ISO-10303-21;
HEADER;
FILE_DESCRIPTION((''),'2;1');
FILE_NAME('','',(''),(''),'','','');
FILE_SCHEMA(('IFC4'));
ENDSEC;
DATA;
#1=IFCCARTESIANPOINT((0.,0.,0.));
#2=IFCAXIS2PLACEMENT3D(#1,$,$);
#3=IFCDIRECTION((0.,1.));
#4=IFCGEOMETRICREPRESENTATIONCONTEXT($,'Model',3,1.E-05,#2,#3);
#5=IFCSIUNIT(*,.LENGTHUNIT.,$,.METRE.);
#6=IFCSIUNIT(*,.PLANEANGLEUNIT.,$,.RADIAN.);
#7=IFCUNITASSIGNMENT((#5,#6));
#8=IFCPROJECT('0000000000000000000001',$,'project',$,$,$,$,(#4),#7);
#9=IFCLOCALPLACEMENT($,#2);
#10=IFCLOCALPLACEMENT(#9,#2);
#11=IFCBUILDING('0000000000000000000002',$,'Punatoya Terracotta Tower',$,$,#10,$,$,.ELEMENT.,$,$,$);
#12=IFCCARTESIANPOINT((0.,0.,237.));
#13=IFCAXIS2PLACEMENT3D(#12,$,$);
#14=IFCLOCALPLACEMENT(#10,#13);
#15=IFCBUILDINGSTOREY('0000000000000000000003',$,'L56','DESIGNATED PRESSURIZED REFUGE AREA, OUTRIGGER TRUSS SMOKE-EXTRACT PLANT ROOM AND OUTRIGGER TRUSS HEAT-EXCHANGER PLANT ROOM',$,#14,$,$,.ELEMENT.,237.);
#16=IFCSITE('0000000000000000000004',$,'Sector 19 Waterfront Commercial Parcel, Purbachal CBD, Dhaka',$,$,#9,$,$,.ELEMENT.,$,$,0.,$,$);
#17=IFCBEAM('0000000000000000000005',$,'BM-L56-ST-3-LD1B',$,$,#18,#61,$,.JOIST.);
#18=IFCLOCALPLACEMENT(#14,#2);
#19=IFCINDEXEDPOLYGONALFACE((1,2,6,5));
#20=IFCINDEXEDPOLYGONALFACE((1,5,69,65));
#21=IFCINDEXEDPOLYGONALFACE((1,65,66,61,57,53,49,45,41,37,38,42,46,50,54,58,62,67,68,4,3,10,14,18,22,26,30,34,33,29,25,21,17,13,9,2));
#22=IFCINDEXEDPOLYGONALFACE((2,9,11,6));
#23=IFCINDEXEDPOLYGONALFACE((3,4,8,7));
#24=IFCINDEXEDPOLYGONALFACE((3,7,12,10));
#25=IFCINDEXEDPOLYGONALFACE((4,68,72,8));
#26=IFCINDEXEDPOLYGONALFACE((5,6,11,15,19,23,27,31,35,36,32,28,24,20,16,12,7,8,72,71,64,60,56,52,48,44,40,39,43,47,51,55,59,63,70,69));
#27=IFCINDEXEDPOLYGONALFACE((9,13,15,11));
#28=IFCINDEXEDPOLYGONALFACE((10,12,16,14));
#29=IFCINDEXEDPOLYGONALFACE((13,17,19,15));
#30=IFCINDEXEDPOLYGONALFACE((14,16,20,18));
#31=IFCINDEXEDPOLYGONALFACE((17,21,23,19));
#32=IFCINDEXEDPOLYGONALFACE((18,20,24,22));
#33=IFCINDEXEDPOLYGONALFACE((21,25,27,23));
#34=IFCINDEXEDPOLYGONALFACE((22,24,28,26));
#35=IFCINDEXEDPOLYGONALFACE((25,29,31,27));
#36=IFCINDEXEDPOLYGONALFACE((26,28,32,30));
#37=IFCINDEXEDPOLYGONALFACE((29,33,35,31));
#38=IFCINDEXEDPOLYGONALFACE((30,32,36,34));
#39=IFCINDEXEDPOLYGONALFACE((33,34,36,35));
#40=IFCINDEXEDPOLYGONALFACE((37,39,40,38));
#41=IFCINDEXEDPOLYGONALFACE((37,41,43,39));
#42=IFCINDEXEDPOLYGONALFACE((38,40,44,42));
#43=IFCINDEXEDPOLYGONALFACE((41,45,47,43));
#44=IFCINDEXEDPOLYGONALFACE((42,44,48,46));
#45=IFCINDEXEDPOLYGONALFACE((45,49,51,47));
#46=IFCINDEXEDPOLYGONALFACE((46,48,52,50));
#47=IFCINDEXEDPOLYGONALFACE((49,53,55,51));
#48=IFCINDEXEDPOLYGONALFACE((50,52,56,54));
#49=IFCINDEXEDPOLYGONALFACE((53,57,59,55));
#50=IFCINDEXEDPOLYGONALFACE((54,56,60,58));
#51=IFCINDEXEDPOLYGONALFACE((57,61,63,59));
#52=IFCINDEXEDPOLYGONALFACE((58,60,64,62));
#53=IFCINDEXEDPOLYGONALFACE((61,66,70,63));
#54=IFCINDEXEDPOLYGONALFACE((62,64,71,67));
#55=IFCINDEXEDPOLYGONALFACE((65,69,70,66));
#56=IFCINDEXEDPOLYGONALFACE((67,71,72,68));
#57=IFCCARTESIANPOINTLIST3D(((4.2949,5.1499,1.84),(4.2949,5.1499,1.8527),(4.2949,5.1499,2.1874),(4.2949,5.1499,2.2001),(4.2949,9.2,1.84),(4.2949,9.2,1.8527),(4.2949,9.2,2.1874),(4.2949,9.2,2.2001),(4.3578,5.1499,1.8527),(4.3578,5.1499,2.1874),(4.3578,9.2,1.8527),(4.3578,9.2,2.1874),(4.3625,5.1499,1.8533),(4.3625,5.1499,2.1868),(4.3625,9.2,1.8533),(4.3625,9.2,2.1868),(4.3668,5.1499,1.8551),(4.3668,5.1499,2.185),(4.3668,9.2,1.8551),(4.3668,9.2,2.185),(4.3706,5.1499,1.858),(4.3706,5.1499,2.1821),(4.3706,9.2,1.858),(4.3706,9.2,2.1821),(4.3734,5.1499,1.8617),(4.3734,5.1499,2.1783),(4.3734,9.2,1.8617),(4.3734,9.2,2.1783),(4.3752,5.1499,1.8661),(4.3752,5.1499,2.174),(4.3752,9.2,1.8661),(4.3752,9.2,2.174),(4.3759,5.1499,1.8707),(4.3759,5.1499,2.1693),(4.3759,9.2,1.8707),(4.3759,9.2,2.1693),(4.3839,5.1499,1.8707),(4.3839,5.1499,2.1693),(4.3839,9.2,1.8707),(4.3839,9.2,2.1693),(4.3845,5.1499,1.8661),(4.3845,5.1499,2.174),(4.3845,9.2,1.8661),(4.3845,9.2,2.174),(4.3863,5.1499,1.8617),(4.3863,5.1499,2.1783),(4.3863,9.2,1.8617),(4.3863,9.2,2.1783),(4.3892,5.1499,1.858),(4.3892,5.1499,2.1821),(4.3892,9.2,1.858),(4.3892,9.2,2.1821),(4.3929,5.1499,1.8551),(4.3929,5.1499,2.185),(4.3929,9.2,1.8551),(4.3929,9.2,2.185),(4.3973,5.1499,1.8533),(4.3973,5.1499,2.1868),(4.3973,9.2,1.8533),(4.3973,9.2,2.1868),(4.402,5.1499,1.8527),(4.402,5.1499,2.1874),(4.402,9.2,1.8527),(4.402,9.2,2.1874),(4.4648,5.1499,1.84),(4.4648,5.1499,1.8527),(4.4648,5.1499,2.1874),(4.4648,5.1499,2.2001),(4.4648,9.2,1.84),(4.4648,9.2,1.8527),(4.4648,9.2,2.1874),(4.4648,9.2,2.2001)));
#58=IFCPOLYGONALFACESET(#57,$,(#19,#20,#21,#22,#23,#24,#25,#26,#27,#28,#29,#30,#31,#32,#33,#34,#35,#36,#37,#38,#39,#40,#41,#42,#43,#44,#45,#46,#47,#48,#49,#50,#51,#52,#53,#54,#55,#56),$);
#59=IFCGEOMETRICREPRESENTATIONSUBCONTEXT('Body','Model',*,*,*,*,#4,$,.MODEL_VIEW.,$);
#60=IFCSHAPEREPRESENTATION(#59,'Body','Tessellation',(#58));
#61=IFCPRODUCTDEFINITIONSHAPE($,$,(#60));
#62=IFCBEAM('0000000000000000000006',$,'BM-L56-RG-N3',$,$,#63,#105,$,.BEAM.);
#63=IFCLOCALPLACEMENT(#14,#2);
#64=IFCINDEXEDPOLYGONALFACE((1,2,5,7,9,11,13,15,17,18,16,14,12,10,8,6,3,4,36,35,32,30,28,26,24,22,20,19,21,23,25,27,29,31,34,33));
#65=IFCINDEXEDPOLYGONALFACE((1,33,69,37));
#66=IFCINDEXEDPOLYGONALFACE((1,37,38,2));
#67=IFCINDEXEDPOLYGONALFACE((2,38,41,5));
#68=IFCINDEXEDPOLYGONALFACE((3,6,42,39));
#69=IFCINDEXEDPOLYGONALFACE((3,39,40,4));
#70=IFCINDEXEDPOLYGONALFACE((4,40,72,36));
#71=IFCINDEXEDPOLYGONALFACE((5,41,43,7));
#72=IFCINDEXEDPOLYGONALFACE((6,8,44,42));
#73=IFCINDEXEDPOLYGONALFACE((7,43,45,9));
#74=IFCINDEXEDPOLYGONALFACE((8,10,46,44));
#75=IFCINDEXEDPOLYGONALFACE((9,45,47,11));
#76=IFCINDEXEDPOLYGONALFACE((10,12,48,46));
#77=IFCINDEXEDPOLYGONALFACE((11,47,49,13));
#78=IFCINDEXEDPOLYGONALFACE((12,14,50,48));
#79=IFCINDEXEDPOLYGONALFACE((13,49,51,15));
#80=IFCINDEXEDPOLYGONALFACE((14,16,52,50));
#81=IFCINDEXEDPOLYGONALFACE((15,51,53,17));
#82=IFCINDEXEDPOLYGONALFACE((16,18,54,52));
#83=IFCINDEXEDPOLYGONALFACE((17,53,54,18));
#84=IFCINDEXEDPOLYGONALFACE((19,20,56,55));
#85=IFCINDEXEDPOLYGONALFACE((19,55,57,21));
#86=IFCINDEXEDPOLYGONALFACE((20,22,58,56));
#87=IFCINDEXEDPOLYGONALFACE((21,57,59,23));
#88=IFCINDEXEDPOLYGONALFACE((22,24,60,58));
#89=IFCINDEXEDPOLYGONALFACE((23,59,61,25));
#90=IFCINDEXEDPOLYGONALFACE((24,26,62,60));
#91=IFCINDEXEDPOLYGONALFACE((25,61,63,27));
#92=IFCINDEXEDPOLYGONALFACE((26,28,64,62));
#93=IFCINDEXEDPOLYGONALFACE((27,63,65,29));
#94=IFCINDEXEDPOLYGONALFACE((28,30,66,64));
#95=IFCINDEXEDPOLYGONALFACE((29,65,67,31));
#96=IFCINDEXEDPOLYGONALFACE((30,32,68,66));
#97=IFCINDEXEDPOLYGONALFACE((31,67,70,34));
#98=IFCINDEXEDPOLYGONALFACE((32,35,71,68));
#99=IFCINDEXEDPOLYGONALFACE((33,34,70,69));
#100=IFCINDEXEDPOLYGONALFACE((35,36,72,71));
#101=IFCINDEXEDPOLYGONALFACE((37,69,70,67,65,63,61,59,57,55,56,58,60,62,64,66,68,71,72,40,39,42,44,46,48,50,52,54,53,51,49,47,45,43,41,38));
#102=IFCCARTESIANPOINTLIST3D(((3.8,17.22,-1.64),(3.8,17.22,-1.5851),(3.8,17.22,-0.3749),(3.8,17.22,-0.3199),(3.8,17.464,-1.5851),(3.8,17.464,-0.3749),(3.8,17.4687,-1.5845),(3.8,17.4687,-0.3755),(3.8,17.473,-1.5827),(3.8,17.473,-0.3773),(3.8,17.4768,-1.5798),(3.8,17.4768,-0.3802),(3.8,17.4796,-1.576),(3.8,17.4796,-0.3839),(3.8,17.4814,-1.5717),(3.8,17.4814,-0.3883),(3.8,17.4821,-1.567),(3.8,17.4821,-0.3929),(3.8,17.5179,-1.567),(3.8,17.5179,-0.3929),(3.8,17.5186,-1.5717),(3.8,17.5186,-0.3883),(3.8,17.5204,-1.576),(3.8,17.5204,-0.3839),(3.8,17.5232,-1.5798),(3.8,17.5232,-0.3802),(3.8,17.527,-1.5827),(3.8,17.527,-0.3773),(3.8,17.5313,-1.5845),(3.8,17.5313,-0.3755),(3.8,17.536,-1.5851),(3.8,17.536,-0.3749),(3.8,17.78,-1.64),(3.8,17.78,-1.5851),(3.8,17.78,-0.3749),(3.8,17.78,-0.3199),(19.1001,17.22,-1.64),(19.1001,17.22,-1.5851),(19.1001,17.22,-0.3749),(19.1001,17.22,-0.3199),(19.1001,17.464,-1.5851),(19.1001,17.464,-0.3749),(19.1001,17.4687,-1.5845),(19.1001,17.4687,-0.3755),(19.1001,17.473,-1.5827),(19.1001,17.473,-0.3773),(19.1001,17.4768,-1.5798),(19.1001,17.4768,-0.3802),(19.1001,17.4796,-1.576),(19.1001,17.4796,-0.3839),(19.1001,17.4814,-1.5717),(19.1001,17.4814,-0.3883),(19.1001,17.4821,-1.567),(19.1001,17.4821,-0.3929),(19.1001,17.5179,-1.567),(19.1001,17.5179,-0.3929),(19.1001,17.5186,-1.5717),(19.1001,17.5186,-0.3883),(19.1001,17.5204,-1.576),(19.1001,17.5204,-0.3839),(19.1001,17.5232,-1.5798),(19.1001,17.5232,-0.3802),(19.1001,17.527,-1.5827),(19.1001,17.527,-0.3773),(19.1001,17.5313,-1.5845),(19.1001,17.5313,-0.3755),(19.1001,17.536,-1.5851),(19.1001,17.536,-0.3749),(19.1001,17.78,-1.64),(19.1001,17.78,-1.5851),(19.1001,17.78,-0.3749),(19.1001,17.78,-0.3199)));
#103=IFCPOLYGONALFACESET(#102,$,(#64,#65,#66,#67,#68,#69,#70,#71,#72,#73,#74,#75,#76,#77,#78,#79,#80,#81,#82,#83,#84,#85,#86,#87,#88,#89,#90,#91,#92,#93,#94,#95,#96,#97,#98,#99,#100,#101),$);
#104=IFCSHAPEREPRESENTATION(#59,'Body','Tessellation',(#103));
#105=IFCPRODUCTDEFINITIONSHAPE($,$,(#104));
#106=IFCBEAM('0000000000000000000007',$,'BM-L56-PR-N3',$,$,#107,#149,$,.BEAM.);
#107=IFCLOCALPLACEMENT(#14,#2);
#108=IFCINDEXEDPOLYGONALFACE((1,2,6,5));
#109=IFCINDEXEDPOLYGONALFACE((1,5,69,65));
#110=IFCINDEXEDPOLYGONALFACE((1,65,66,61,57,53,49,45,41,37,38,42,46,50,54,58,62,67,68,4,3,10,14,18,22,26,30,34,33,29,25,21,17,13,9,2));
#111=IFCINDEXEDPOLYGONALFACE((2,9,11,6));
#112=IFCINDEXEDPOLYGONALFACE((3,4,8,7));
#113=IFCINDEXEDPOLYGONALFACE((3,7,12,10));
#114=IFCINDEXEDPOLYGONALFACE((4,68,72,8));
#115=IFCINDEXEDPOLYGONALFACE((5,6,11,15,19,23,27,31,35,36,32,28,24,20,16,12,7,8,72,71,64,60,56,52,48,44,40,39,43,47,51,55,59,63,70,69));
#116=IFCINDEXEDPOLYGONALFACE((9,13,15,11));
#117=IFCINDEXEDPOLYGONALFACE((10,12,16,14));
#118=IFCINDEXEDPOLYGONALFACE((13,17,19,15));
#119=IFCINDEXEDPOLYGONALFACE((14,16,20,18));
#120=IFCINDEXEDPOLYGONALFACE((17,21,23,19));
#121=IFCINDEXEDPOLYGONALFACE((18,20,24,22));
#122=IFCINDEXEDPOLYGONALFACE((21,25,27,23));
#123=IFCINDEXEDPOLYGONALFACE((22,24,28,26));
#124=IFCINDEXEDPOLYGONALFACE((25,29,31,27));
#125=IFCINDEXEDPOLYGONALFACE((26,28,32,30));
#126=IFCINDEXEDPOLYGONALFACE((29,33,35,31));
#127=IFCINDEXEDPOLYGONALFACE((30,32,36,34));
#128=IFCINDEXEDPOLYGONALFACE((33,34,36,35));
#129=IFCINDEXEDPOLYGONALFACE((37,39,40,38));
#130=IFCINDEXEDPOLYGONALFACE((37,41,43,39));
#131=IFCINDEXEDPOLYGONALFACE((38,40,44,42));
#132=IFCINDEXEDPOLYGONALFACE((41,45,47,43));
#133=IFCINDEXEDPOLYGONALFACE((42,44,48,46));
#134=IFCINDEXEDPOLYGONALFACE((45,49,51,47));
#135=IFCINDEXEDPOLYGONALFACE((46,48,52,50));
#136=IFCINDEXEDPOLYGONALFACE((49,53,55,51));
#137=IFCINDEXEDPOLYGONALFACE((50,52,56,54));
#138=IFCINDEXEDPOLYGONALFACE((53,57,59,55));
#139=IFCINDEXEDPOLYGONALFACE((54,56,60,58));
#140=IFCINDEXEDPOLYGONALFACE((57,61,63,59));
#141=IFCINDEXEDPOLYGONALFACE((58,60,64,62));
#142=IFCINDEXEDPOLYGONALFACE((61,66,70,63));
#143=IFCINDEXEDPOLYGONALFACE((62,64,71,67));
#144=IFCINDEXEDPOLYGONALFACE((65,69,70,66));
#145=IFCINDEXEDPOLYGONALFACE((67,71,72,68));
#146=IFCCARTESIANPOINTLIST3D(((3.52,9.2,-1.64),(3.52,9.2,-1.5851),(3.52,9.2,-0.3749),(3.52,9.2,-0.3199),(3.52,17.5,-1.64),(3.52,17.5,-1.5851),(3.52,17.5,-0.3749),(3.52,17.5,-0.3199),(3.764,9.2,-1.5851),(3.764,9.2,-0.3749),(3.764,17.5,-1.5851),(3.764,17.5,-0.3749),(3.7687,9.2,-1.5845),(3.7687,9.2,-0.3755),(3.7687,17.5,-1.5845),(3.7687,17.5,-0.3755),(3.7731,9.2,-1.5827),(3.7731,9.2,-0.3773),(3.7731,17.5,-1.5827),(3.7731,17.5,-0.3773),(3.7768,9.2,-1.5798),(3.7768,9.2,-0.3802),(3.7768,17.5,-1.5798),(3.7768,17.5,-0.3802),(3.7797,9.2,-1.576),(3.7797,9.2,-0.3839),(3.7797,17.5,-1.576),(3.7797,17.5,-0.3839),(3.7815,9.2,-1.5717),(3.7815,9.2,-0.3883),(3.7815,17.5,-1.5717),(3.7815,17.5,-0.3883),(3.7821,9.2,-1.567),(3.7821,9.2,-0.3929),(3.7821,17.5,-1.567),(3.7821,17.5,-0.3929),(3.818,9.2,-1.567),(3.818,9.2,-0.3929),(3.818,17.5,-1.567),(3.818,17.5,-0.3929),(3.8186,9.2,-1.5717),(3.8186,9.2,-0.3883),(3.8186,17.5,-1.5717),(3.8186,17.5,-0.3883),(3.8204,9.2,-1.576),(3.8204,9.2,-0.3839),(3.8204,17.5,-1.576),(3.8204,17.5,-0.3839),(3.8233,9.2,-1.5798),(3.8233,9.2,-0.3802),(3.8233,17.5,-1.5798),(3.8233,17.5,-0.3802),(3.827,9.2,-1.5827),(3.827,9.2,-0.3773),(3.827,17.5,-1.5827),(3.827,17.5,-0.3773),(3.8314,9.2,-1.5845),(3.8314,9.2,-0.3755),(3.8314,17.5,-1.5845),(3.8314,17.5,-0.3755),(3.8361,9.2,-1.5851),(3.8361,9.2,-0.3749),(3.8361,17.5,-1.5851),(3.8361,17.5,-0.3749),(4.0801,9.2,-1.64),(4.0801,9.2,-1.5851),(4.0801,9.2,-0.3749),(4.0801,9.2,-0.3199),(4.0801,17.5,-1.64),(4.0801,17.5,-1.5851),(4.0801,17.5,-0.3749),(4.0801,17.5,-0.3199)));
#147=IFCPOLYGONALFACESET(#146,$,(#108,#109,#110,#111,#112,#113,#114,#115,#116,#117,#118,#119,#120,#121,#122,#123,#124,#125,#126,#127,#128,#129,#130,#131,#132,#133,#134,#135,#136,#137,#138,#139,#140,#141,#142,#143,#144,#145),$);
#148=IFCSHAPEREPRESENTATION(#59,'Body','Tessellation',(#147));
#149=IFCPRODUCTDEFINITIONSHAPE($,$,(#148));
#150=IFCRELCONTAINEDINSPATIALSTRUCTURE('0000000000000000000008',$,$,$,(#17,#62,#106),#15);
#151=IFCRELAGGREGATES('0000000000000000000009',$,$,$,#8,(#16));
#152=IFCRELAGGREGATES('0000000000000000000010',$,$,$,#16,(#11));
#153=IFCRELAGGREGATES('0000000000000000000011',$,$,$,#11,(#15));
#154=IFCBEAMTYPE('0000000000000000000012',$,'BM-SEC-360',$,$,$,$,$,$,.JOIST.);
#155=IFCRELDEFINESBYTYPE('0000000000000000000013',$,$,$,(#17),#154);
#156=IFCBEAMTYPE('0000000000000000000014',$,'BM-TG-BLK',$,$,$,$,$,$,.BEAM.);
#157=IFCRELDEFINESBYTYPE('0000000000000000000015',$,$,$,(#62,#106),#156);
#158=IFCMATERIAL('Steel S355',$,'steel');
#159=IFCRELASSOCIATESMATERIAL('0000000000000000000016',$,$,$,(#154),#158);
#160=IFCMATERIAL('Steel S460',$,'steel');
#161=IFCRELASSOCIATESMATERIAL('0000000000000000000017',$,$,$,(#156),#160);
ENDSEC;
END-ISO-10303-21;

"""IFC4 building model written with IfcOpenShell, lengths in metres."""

from ifc_helpers import new_model, si_unit, direction, frame, origin, origin_2d, place, context, subcontext, project, spatial, i_section, extrude, material, material_profile, profile_set, type_object, element, save


model = new_model("IFC4")

# Units and contexts
model_context = context("Model", 3, precision=1e-05, world=origin(), true_north=direction((0.0, 1.0)))
body_context = subcontext(model_context, "Body", "Model", "MODEL_VIEW")
ifc_project = project(units=[si_unit("LENGTHUNIT", "METRE"), si_unit("PLANEANGLEUNIT", "RADIAN")], contexts=[model_context])

# Site, building, storey
site_placement = place(None, origin())
site = spatial("IfcSite", under=ifc_project, at=site_placement, Name="Sector 19 Waterfront Commercial Parcel, Purbachal CBD, Dhaka", CompositionType="ELEMENT", RefElevation=0.0)
building_placement = place(site_placement, origin())
building = spatial("IfcBuilding", under=site, at=building_placement, Name="Punatoya Terracotta Tower", CompositionType="ELEMENT")
storey_placement = place(building_placement, frame((0.0, 0.0, 237.0)))
storey = spatial("IfcBuildingStorey", under=building, at=storey_placement, Name="L56", Description="DESIGNATED PRESSURIZED REFUGE AREA, OUTRIGGER TRUSS SMOKE-EXTRACT PLANT ROOM AND OUTRIGGER TRUSS HEAT-EXCHANGER PLANT ROOM", CompositionType="ELEMENT", Elevation=237.0)

# Shared definitions
ifc_material_1 = material(Name="Steel S460", Category="steel")

# Beams
ifc_material_2 = material(Name="Steel S355", Category="steel")
ifc_material_profile_1 = material_profile(ifc_material_2, i_section(OverallWidth=0.1699, OverallDepth=0.3601, WebThickness=0.0081, FlangeThickness=0.0127, FilletRadius=0.0181, at=origin_2d()))
ifc_profile_set_1 = profile_set([ifc_material_profile_1], Name="Steel S355")
beam_type_1 = type_object("IfcBeamType", Name="BM-SEC-360", PredefinedType="JOIST", material=ifc_profile_set_1)
for number, where, z_axis, x_axis, name in (
    (1, (4.3799, 5.1499, 2.02), (0.0, 1.0, 0.0), (-1.0, 0.0, 0.0), "BM-L56-ST-3-LD1B"),
):
    element("IfcBeam", number, at=place(storey_placement, frame(where, z_axis=z_axis, x_axis=x_axis)), inside=storey, type_object=beam_type_1, Name=name, PredefinedType="JOIST", context=body_context, shape_type="SweptSolid", body=[
        extrude(i_section(OverallWidth=0.1699, OverallDepth=0.3601, WebThickness=0.0081, FlangeThickness=0.0127, FilletRadius=0.0181, at=origin_2d()), origin(), (0.0, 0.0, 1.0), 4.05),
    ])
ifc_material_profile_2 = material_profile(ifc_material_1, i_section(OverallWidth=0.5601, OverallDepth=1.3201, WebThickness=0.0359, FlangeThickness=0.0549, FilletRadius=0.0181, at=origin_2d()))
ifc_profile_set_2 = profile_set([ifc_material_profile_2], Name="Steel S460")
beam_type_2 = type_object("IfcBeamType", Name="BM-TG-BLK", PredefinedType="BEAM", material=ifc_profile_set_2)
beam_1_placement = place(storey_placement, frame((3.8, 17.5, -0.98), z_axis=(1.0, 0.0, 0.0), x_axis=(0.0, 1.0, 0.0)))
element("IfcBeam", 2, at=beam_1_placement, inside=storey, type_object=beam_type_2, Name="BM-L56-RG-N3", PredefinedType="BEAM", context=body_context, shape_type="SweptSolid", body=[
    extrude(i_section(OverallWidth=0.5601, OverallDepth=1.3201, WebThickness=0.0359, FlangeThickness=0.0549, FilletRadius=0.0181, at=origin_2d()), origin(), (0.0, 0.0, 1.0), 15.3),
])
beam_2_placement = place(storey_placement, frame((3.8, 9.2, -0.98), z_axis=(0.0, 1.0, 0.0), x_axis=(-1.0, 0.0, 0.0)))
element("IfcBeam", 3, at=beam_2_placement, inside=storey, type_object=beam_type_2, Name="BM-L56-PR-N3", PredefinedType="BEAM", context=body_context, shape_type="SweptSolid", body=[
    extrude(i_section(OverallWidth=0.5601, OverallDepth=1.3201, WebThickness=0.0359, FlangeThickness=0.0549, FilletRadius=0.0181, at=origin_2d()), origin(), (0.0, 0.0, 1.0), 8.3),
])

save(model, "model.ifc")
